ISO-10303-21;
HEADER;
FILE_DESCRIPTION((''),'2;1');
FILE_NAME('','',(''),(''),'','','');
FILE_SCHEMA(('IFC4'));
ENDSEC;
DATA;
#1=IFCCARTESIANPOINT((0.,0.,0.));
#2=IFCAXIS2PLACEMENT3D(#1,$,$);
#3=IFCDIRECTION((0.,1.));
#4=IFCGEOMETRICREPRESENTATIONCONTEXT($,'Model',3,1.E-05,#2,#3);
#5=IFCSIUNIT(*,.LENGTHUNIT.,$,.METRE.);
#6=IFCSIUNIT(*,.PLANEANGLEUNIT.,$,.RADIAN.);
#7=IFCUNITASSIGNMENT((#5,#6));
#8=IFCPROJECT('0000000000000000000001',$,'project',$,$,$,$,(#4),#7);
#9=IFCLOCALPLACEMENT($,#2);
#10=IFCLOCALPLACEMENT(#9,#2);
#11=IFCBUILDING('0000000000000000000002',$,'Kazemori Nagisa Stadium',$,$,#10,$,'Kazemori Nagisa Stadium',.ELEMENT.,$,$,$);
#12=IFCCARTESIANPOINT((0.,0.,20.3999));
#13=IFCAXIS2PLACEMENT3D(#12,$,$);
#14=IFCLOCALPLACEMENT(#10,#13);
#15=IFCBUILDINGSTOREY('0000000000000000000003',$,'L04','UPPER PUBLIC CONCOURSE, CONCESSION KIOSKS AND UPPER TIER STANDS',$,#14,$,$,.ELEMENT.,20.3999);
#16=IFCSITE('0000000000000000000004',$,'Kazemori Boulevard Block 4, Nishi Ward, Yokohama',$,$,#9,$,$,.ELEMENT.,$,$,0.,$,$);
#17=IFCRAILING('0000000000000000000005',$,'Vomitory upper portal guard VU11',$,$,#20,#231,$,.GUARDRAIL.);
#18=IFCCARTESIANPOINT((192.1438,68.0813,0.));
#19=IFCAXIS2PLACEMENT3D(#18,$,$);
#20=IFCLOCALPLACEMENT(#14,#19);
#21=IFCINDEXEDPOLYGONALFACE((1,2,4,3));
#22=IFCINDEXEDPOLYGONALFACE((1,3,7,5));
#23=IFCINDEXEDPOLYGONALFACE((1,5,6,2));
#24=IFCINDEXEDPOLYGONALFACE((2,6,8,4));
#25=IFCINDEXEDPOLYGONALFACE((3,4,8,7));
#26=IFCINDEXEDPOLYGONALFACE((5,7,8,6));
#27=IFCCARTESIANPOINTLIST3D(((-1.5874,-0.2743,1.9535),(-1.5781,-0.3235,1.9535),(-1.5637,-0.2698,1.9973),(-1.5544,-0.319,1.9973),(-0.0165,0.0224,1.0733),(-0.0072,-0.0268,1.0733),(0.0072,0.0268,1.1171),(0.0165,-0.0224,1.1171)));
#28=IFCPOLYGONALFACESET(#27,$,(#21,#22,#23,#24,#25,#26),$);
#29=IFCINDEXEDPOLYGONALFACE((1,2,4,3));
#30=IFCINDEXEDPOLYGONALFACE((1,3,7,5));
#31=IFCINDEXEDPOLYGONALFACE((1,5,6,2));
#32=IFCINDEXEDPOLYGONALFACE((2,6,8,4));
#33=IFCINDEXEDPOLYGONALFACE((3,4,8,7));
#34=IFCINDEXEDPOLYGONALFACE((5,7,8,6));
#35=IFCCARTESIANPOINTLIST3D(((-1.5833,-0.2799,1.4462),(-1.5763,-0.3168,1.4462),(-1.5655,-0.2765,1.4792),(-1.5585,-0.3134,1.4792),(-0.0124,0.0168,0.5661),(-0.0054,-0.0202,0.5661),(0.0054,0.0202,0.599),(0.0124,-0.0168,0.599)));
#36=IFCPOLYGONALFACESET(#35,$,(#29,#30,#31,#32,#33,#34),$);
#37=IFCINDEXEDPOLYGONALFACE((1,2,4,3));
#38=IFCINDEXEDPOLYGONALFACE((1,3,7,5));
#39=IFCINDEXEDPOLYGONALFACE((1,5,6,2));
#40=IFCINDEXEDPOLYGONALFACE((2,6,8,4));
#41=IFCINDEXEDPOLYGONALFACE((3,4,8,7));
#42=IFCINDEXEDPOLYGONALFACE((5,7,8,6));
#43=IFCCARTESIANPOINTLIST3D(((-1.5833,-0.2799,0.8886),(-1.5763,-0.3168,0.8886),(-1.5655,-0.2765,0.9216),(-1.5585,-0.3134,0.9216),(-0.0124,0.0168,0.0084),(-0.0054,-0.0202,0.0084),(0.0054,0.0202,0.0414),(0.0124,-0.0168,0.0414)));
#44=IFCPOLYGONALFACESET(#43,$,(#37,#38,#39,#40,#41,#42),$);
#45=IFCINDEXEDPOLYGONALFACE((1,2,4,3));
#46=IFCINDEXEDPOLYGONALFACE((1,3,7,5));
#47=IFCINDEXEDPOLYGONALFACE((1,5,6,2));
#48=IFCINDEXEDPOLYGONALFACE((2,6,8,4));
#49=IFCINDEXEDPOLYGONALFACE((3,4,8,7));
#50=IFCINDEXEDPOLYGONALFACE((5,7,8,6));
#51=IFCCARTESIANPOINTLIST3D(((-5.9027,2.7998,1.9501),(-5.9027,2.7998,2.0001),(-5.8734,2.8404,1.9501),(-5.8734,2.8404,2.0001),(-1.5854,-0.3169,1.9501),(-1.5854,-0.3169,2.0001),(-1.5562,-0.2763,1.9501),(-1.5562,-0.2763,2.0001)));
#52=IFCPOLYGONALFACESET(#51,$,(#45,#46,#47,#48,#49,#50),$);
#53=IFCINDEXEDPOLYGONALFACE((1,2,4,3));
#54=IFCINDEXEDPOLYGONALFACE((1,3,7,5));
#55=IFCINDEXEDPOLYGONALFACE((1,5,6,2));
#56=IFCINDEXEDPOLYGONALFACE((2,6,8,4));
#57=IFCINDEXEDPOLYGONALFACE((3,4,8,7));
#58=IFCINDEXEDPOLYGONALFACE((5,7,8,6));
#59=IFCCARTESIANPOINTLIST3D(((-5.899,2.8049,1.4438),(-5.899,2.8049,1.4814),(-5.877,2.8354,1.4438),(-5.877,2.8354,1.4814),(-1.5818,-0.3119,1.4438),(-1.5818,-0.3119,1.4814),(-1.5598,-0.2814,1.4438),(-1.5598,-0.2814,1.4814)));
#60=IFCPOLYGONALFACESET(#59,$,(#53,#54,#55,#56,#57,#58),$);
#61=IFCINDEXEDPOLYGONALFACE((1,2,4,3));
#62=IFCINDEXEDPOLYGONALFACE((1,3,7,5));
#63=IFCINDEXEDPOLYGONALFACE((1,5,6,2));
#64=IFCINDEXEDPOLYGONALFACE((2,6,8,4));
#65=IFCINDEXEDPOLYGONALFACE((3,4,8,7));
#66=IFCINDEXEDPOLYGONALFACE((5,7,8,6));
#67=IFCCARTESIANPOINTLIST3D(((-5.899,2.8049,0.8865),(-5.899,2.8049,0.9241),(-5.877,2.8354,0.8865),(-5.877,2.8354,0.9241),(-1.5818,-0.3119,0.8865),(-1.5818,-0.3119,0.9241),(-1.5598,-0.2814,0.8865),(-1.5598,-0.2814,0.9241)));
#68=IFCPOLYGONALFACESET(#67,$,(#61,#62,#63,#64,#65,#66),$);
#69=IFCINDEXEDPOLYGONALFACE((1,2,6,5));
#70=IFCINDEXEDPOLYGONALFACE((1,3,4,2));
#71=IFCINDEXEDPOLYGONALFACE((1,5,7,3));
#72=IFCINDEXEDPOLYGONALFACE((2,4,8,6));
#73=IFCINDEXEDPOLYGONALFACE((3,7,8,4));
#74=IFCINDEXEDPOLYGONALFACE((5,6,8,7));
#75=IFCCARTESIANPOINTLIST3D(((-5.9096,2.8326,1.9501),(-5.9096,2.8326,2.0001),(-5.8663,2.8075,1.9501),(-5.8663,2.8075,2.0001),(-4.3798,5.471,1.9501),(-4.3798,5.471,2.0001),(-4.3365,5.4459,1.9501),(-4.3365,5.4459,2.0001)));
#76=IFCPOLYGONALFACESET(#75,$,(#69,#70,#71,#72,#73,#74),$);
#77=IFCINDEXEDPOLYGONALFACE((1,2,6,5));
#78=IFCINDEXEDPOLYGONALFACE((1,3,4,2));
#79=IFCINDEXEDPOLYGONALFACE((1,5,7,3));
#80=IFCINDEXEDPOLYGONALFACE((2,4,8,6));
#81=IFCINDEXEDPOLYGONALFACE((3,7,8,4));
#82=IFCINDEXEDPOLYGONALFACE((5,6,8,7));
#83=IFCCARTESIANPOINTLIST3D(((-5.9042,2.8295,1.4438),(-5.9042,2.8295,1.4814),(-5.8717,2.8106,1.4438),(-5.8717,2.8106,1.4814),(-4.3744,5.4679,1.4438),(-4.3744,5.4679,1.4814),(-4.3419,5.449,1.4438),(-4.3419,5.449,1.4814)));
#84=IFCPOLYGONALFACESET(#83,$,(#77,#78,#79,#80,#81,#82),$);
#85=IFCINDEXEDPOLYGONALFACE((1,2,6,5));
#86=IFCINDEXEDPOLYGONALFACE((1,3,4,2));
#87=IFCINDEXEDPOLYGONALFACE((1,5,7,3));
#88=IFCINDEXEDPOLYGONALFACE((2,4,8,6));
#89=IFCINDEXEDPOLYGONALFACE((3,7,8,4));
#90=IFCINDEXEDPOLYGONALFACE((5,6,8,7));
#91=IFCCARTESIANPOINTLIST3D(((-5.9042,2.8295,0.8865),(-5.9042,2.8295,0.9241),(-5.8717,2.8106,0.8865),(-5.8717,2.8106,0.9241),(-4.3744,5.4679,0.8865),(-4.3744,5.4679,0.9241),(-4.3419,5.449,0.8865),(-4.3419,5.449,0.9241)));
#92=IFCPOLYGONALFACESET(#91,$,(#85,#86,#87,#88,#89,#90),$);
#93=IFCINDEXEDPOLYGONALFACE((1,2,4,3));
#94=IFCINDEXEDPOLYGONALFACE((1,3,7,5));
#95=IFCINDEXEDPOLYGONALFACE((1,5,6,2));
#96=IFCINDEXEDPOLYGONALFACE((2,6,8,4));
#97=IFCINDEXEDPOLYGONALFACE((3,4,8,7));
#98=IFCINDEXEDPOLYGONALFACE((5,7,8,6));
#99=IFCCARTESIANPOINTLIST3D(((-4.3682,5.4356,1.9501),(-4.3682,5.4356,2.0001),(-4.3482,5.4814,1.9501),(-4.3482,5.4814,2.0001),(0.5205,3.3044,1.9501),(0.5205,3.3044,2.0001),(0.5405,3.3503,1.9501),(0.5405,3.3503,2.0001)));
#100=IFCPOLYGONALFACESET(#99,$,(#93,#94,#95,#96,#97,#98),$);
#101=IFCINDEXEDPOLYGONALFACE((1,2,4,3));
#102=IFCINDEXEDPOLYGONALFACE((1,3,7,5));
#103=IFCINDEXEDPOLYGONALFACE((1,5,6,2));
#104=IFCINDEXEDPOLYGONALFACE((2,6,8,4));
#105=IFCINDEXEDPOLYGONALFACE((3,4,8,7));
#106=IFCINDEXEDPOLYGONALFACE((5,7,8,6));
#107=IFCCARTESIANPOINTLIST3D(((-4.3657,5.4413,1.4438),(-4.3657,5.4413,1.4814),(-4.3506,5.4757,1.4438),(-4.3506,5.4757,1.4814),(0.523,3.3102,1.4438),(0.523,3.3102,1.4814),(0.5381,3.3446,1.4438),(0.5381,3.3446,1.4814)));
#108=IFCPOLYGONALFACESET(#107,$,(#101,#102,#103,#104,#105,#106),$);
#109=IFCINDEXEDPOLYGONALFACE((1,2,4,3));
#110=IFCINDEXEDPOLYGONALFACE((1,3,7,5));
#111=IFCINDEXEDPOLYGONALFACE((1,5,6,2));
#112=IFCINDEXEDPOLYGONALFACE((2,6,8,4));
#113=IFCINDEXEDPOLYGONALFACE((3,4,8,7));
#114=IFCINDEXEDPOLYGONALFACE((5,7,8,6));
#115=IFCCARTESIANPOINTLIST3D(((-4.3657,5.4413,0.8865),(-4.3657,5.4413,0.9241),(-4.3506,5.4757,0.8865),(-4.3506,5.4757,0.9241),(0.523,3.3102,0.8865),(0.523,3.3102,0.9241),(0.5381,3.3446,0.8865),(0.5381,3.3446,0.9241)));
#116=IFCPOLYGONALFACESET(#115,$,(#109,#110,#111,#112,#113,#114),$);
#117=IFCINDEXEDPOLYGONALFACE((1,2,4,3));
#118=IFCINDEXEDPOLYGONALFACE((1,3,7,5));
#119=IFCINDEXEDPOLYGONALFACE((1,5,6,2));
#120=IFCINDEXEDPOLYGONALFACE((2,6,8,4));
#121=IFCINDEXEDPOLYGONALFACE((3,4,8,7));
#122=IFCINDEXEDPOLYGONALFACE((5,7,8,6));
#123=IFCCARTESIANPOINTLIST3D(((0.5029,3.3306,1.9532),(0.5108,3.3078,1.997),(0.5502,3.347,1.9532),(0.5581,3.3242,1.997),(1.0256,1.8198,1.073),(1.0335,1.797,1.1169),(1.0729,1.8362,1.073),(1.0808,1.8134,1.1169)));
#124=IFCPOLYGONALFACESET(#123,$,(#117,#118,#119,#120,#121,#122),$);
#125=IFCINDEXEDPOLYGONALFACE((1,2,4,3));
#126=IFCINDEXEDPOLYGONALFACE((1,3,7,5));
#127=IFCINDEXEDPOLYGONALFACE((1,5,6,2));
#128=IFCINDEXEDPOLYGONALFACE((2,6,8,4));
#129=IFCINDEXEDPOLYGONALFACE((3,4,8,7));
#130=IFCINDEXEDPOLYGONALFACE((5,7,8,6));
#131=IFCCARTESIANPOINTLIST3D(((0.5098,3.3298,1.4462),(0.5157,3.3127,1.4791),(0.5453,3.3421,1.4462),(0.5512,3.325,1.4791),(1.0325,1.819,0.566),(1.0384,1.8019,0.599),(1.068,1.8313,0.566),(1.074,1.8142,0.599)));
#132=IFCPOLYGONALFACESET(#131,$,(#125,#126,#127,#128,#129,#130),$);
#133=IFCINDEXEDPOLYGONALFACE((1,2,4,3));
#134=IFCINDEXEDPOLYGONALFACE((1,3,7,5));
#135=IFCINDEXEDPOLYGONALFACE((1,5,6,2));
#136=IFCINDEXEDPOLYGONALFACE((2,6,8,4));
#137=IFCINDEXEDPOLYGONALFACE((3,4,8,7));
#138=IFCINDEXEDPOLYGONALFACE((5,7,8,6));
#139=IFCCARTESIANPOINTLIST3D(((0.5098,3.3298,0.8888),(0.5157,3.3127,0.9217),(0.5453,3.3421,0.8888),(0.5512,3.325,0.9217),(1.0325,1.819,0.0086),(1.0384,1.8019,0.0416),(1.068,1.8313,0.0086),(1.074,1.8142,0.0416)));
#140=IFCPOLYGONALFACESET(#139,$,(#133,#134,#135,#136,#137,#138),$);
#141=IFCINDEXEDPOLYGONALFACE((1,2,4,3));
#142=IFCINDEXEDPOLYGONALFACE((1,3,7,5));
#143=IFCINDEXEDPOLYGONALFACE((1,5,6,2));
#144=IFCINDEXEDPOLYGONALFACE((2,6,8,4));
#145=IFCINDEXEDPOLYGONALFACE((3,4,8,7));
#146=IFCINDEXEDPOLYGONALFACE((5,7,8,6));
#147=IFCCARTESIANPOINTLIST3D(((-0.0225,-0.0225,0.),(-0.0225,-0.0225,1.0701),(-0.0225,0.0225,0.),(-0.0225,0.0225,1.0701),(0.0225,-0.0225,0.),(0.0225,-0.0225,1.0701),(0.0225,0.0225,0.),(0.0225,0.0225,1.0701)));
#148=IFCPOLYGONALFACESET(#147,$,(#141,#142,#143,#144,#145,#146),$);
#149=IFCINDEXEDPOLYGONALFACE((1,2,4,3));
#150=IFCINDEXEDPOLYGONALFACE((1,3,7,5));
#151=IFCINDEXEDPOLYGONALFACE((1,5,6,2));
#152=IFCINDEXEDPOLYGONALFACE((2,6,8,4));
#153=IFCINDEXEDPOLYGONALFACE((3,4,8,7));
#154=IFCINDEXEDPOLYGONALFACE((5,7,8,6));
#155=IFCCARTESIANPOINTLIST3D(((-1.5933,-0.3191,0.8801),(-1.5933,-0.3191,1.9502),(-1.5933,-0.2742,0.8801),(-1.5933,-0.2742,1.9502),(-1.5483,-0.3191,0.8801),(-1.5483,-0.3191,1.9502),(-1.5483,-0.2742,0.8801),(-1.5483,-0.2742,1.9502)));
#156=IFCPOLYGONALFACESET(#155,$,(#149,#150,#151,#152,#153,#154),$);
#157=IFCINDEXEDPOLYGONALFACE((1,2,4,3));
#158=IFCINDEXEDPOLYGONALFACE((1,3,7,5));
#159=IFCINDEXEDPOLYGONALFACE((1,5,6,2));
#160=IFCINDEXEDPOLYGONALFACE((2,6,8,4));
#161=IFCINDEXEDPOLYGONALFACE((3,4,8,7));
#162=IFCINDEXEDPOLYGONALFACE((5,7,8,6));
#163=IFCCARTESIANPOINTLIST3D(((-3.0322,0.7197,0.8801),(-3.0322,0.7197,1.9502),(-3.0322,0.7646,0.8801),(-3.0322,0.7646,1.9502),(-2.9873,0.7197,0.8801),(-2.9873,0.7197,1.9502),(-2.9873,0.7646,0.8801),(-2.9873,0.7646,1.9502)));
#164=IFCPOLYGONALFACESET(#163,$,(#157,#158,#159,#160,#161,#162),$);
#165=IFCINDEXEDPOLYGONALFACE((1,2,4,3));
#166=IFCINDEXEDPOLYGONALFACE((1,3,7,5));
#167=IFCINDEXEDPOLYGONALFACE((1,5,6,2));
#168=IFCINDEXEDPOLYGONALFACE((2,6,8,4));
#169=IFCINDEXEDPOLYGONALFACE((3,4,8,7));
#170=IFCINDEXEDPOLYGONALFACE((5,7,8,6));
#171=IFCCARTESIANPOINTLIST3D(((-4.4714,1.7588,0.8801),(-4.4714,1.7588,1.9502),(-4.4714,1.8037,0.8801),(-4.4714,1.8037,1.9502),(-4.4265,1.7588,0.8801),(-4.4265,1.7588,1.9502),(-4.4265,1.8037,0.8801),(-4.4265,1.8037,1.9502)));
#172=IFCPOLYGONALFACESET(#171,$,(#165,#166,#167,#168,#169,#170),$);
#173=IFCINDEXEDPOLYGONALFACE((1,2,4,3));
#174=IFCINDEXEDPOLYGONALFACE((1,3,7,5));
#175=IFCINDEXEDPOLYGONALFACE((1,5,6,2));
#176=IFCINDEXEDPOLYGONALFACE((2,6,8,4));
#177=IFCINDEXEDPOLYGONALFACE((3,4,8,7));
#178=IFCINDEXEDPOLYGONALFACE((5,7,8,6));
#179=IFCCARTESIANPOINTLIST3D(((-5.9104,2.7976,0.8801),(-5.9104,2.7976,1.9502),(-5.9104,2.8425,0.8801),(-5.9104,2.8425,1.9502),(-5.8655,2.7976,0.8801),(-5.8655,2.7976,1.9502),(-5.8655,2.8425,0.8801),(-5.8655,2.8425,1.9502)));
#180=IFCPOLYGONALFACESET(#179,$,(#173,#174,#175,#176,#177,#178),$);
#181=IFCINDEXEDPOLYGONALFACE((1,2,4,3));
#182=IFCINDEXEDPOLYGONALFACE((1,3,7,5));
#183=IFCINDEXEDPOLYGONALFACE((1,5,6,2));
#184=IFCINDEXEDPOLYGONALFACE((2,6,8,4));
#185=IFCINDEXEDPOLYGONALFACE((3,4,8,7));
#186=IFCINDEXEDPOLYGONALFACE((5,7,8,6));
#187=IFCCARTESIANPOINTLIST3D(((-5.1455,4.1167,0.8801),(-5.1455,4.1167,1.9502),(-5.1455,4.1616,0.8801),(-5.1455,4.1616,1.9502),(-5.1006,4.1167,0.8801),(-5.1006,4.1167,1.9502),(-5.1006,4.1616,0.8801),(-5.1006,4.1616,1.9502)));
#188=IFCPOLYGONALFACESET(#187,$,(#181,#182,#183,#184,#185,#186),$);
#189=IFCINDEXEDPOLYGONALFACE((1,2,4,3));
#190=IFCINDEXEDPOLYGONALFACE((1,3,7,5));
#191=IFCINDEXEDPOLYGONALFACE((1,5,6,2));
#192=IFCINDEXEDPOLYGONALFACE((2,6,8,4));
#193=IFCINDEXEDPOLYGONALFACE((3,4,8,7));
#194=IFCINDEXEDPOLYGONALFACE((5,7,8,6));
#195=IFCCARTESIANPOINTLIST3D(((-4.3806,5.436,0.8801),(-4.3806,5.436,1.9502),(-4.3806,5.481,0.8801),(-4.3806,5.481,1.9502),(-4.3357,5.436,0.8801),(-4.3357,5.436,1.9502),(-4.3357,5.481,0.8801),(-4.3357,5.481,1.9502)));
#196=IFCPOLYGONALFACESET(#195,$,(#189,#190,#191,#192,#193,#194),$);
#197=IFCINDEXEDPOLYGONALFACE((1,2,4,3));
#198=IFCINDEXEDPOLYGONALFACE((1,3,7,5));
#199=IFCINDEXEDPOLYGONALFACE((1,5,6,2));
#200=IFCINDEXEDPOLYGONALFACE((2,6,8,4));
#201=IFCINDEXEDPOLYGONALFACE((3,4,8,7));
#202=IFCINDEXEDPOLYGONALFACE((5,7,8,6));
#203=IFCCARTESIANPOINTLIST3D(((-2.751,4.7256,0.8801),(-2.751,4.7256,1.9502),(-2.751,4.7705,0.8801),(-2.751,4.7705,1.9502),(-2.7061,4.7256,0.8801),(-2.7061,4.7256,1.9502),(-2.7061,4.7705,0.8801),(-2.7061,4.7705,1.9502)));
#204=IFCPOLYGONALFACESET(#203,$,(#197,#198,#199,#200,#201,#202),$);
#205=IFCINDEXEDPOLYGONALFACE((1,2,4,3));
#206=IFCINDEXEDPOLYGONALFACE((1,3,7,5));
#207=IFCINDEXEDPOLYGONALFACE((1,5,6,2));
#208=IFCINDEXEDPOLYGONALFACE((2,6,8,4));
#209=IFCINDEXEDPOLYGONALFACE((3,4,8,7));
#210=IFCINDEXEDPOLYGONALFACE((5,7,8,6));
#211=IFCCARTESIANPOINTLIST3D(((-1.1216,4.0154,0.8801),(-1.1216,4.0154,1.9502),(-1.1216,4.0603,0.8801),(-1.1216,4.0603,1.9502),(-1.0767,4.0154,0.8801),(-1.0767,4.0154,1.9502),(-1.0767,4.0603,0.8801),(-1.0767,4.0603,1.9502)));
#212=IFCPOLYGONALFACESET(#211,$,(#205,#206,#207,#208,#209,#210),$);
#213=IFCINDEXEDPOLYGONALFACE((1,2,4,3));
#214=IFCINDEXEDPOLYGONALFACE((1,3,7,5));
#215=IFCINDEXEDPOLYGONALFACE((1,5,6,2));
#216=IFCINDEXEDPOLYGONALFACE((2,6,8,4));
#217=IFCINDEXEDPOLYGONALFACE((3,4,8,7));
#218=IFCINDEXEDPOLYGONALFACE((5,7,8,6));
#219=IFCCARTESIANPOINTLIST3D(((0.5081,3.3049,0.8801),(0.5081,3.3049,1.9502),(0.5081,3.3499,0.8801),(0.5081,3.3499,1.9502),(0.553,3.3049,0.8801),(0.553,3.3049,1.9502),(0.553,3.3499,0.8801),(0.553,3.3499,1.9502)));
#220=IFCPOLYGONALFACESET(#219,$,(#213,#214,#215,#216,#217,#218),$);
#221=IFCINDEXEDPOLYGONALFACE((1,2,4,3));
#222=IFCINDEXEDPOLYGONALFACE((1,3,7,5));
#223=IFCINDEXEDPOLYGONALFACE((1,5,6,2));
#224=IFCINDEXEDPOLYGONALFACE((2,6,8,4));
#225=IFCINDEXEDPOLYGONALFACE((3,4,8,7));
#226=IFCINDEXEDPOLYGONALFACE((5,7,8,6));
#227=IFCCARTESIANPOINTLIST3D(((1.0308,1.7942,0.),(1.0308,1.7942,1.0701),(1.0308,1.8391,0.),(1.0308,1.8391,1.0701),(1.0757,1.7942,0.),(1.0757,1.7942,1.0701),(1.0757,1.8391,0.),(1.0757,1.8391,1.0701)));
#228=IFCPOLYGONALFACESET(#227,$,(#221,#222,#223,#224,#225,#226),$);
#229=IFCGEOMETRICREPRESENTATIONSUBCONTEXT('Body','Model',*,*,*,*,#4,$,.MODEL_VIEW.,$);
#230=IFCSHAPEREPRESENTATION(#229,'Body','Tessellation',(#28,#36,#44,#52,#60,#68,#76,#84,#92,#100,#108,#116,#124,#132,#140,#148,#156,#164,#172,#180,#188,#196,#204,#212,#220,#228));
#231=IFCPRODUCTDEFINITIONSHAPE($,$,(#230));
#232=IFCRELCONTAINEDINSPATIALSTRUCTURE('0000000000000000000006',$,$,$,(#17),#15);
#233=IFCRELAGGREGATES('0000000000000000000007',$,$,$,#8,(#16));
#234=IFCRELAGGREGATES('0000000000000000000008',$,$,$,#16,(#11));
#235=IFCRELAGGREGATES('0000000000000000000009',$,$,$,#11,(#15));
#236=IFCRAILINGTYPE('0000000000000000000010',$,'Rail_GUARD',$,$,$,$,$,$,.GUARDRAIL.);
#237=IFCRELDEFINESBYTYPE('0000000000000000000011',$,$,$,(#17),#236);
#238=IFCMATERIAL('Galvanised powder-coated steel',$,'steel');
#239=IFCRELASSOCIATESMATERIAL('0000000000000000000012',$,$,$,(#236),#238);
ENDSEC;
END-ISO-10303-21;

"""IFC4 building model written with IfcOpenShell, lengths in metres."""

from ifc_helpers import new_model, si_unit, direction, frame, origin, origin_2d, place, context, subcontext, project, spatial, rectangle, extrude, material, type_object, element, save


model = new_model("IFC4")

# Units and contexts
model_context = context("Model", 3, precision=1e-05, world=origin(), true_north=direction((0.0, 1.0)))
body_context = subcontext(model_context, "Body", "Model", "MODEL_VIEW")
ifc_project = project(units=[si_unit("LENGTHUNIT", "METRE"), si_unit("PLANEANGLEUNIT", "RADIAN")], contexts=[model_context])

# Site, building, storey
site_placement = place(None, origin())
site = spatial("IfcSite", under=ifc_project, at=site_placement, Name="Kazemori Boulevard Block 4, Nishi Ward, Yokohama", CompositionType="ELEMENT", RefElevation=0.0)
building_placement = place(site_placement, origin())
building = spatial("IfcBuilding", under=site, at=building_placement, Name="Kazemori Nagisa Stadium", LongName="Kazemori Nagisa Stadium", CompositionType="ELEMENT")
storey_placement = place(building_placement, frame((0.0, 0.0, 20.3999)))
storey = spatial("IfcBuildingStorey", under=building, at=storey_placement, Name="L04", Description="UPPER PUBLIC CONCOURSE, CONCESSION KIOSKS AND UPPER TIER STANDS", CompositionType="ELEMENT", Elevation=20.3999)

# Railing
ifc_material_1 = material(Name="Galvanised powder-coated steel", Category="steel")
railing_type_1 = type_object("IfcRailingType", Name="Rail_GUARD", PredefinedType="GUARDRAIL", material=ifc_material_1)
railing_1_placement = place(storey_placement, frame((192.1438, 68.0813, 0.0)))
element("IfcRailing", 1, at=railing_1_placement, inside=storey, type_object=railing_type_1, Name="Vomitory upper portal guard VU11", PredefinedType="GUARDRAIL", context=body_context, shape_type="SweptSolid", body=[
    extrude(rectangle(XDim=0.05, YDim=0.05, at=origin_2d()), frame((0.0, 0.0, 1.0952), z_axis=(-0.86079, -0.162552, 0.482305), x_axis=(0.185561, -0.982633, 0.0)), (0.0, 0.0, 1.0), 1.825),
    extrude(rectangle(XDim=0.0376, YDim=0.0376, at=origin_2d()), frame((0.0, 0.0, 0.5825), z_axis=(-0.86079, -0.162552, 0.482305), x_axis=(0.185561, -0.982633, 0.0)), (0.0, 0.0, 1.0), 1.825),
    extrude(rectangle(XDim=0.0376, YDim=0.0376, at=origin_2d()), frame((0.0, 0.0, 0.0249), z_axis=(-0.86079, -0.162552, 0.482305), x_axis=(0.185561, -0.982633, 0.0)), (0.0, 0.0, 1.0), 1.825),
    extrude(rectangle(XDim=0.05, YDim=0.05, at=origin_2d()), frame((-1.5708, -0.2966, 1.9751), z_axis=(-0.810789, 0.585338, 0.0), x_axis=(-0.585338, -0.810789, 0.0)), (0.0, 0.0, 1.0), 5.3247),
    extrude(rectangle(XDim=0.0376, YDim=0.0376, at=origin_2d()), frame((-1.5708, -0.2966, 1.4626), z_axis=(-0.810789, 0.585338, 0.0), x_axis=(-0.585338, -0.810789, 0.0)), (0.0, 0.0, 1.0), 5.3247),
    extrude(rectangle(XDim=0.0376, YDim=0.0376, at=origin_2d()), frame((-1.5708, -0.2966, 0.9053), z_axis=(-0.810789, 0.585338, 0.0), x_axis=(-0.585338, -0.810789, 0.0)), (0.0, 0.0, 1.0), 5.3247),
    extrude(rectangle(XDim=0.05, YDim=0.05, at=origin_2d()), frame((-5.8879, 2.8201, 1.9751), z_axis=(0.501595, 0.865103, 0.0), x_axis=(-0.865103, 0.501595, 0.0)), (0.0, 0.0, 1.0), 3.0498),
    extrude(rectangle(XDim=0.0376, YDim=0.0376, at=origin_2d()), frame((-5.8879, 2.8201, 1.4626), z_axis=(0.501595, 0.865103, 0.0), x_axis=(-0.865103, 0.501595, 0.0)), (0.0, 0.0, 1.0), 3.0498),
    extrude(rectangle(XDim=0.0376, YDim=0.0376, at=origin_2d()), frame((-5.8879, 2.8201, 0.9053), z_axis=(0.501595, 0.865103, 0.0), x_axis=(-0.865103, 0.501595, 0.0)), (0.0, 0.0, 1.0), 3.0498),
    extrude(rectangle(XDim=0.05, YDim=0.05, at=origin_2d()), frame((-4.3582, 5.4585, 1.9751), z_axis=(0.916686, -0.399608, 0.0), x_axis=(0.399608, 0.916686, 0.0)), (0.0, 0.0, 1.0), 5.333),
    extrude(rectangle(XDim=0.0376, YDim=0.0376, at=origin_2d()), frame((-4.3582, 5.4585, 1.4626), z_axis=(0.916686, -0.399608, 0.0), x_axis=(0.399608, 0.916686, 0.0)), (0.0, 0.0, 1.0), 5.333),
    extrude(rectangle(XDim=0.0376, YDim=0.0376, at=origin_2d()), frame((-4.3582, 5.4585, 0.9053), z_axis=(0.916686, -0.399608, 0.0), x_axis=(0.399608, 0.916686, 0.0)), (0.0, 0.0, 1.0), 5.333),
    extrude(rectangle(XDim=0.05, YDim=0.05, at=origin_2d()), frame((0.5305, 3.3274, 1.9751), z_axis=(0.286433, -0.827858, -0.482293), x_axis=(0.945033, 0.326974, 0.0)), (0.0, 0.0, 1.0), 1.825),
    extrude(rectangle(XDim=0.0376, YDim=0.0376, at=origin_2d()), frame((0.5305, 3.3274, 1.4626), z_axis=(0.286433, -0.827858, -0.482293), x_axis=(0.945033, 0.326974, 0.0)), (0.0, 0.0, 1.0), 1.825),
    extrude(rectangle(XDim=0.0376, YDim=0.0376, at=origin_2d()), frame((0.5305, 3.3274, 0.9053), z_axis=(0.286433, -0.827858, -0.482293), x_axis=(0.945033, 0.326974, 0.0)), (0.0, 0.0, 1.0), 1.825),
    extrude(rectangle(XDim=0.0449, YDim=0.0449, at=origin_2d()), origin(), (0.0, 0.0, 1.0), 1.0701),
    extrude(rectangle(XDim=0.0449, YDim=0.0449, at=origin_2d()), frame((-1.5708, -0.2966, 0.8801)), (0.0, 0.0, 1.0), 1.0701),
    extrude(rectangle(XDim=0.0449, YDim=0.0449, at=origin_2d()), frame((-3.0098, 0.7422, 0.8801)), (0.0, 0.0, 1.0), 1.0701),
    extrude(rectangle(XDim=0.0449, YDim=0.0449, at=origin_2d()), frame((-4.449, 1.7812, 0.8801)), (0.0, 0.0, 1.0), 1.0701),
    extrude(rectangle(XDim=0.0449, YDim=0.0449, at=origin_2d()), frame((-5.8879, 2.8201, 0.8801)), (0.0, 0.0, 1.0), 1.0701),
    extrude(rectangle(XDim=0.0449, YDim=0.0449, at=origin_2d()), frame((-5.123, 4.1392, 0.8801)), (0.0, 0.0, 1.0), 1.0701),
    extrude(rectangle(XDim=0.0449, YDim=0.0449, at=origin_2d()), frame((-4.3582, 5.4585, 0.8801)), (0.0, 0.0, 1.0), 1.0701),
    extrude(rectangle(XDim=0.0449, YDim=0.0449, at=origin_2d()), frame((-2.7285, 4.748, 0.8801)), (0.0, 0.0, 1.0), 1.0701),
    extrude(rectangle(XDim=0.0449, YDim=0.0449, at=origin_2d()), frame((-1.0991, 4.0378, 0.8801)), (0.0, 0.0, 1.0), 1.0701),
    extrude(rectangle(XDim=0.0449, YDim=0.0449, at=origin_2d()), frame((0.5305, 3.3274, 0.8801)), (0.0, 0.0, 1.0), 1.0701),
    extrude(rectangle(XDim=0.0449, YDim=0.0449, at=origin_2d()), frame((1.0532, 1.8167, 0.0)), (0.0, 0.0, 1.0), 1.0701),
])

save(model, "model.ifc")
